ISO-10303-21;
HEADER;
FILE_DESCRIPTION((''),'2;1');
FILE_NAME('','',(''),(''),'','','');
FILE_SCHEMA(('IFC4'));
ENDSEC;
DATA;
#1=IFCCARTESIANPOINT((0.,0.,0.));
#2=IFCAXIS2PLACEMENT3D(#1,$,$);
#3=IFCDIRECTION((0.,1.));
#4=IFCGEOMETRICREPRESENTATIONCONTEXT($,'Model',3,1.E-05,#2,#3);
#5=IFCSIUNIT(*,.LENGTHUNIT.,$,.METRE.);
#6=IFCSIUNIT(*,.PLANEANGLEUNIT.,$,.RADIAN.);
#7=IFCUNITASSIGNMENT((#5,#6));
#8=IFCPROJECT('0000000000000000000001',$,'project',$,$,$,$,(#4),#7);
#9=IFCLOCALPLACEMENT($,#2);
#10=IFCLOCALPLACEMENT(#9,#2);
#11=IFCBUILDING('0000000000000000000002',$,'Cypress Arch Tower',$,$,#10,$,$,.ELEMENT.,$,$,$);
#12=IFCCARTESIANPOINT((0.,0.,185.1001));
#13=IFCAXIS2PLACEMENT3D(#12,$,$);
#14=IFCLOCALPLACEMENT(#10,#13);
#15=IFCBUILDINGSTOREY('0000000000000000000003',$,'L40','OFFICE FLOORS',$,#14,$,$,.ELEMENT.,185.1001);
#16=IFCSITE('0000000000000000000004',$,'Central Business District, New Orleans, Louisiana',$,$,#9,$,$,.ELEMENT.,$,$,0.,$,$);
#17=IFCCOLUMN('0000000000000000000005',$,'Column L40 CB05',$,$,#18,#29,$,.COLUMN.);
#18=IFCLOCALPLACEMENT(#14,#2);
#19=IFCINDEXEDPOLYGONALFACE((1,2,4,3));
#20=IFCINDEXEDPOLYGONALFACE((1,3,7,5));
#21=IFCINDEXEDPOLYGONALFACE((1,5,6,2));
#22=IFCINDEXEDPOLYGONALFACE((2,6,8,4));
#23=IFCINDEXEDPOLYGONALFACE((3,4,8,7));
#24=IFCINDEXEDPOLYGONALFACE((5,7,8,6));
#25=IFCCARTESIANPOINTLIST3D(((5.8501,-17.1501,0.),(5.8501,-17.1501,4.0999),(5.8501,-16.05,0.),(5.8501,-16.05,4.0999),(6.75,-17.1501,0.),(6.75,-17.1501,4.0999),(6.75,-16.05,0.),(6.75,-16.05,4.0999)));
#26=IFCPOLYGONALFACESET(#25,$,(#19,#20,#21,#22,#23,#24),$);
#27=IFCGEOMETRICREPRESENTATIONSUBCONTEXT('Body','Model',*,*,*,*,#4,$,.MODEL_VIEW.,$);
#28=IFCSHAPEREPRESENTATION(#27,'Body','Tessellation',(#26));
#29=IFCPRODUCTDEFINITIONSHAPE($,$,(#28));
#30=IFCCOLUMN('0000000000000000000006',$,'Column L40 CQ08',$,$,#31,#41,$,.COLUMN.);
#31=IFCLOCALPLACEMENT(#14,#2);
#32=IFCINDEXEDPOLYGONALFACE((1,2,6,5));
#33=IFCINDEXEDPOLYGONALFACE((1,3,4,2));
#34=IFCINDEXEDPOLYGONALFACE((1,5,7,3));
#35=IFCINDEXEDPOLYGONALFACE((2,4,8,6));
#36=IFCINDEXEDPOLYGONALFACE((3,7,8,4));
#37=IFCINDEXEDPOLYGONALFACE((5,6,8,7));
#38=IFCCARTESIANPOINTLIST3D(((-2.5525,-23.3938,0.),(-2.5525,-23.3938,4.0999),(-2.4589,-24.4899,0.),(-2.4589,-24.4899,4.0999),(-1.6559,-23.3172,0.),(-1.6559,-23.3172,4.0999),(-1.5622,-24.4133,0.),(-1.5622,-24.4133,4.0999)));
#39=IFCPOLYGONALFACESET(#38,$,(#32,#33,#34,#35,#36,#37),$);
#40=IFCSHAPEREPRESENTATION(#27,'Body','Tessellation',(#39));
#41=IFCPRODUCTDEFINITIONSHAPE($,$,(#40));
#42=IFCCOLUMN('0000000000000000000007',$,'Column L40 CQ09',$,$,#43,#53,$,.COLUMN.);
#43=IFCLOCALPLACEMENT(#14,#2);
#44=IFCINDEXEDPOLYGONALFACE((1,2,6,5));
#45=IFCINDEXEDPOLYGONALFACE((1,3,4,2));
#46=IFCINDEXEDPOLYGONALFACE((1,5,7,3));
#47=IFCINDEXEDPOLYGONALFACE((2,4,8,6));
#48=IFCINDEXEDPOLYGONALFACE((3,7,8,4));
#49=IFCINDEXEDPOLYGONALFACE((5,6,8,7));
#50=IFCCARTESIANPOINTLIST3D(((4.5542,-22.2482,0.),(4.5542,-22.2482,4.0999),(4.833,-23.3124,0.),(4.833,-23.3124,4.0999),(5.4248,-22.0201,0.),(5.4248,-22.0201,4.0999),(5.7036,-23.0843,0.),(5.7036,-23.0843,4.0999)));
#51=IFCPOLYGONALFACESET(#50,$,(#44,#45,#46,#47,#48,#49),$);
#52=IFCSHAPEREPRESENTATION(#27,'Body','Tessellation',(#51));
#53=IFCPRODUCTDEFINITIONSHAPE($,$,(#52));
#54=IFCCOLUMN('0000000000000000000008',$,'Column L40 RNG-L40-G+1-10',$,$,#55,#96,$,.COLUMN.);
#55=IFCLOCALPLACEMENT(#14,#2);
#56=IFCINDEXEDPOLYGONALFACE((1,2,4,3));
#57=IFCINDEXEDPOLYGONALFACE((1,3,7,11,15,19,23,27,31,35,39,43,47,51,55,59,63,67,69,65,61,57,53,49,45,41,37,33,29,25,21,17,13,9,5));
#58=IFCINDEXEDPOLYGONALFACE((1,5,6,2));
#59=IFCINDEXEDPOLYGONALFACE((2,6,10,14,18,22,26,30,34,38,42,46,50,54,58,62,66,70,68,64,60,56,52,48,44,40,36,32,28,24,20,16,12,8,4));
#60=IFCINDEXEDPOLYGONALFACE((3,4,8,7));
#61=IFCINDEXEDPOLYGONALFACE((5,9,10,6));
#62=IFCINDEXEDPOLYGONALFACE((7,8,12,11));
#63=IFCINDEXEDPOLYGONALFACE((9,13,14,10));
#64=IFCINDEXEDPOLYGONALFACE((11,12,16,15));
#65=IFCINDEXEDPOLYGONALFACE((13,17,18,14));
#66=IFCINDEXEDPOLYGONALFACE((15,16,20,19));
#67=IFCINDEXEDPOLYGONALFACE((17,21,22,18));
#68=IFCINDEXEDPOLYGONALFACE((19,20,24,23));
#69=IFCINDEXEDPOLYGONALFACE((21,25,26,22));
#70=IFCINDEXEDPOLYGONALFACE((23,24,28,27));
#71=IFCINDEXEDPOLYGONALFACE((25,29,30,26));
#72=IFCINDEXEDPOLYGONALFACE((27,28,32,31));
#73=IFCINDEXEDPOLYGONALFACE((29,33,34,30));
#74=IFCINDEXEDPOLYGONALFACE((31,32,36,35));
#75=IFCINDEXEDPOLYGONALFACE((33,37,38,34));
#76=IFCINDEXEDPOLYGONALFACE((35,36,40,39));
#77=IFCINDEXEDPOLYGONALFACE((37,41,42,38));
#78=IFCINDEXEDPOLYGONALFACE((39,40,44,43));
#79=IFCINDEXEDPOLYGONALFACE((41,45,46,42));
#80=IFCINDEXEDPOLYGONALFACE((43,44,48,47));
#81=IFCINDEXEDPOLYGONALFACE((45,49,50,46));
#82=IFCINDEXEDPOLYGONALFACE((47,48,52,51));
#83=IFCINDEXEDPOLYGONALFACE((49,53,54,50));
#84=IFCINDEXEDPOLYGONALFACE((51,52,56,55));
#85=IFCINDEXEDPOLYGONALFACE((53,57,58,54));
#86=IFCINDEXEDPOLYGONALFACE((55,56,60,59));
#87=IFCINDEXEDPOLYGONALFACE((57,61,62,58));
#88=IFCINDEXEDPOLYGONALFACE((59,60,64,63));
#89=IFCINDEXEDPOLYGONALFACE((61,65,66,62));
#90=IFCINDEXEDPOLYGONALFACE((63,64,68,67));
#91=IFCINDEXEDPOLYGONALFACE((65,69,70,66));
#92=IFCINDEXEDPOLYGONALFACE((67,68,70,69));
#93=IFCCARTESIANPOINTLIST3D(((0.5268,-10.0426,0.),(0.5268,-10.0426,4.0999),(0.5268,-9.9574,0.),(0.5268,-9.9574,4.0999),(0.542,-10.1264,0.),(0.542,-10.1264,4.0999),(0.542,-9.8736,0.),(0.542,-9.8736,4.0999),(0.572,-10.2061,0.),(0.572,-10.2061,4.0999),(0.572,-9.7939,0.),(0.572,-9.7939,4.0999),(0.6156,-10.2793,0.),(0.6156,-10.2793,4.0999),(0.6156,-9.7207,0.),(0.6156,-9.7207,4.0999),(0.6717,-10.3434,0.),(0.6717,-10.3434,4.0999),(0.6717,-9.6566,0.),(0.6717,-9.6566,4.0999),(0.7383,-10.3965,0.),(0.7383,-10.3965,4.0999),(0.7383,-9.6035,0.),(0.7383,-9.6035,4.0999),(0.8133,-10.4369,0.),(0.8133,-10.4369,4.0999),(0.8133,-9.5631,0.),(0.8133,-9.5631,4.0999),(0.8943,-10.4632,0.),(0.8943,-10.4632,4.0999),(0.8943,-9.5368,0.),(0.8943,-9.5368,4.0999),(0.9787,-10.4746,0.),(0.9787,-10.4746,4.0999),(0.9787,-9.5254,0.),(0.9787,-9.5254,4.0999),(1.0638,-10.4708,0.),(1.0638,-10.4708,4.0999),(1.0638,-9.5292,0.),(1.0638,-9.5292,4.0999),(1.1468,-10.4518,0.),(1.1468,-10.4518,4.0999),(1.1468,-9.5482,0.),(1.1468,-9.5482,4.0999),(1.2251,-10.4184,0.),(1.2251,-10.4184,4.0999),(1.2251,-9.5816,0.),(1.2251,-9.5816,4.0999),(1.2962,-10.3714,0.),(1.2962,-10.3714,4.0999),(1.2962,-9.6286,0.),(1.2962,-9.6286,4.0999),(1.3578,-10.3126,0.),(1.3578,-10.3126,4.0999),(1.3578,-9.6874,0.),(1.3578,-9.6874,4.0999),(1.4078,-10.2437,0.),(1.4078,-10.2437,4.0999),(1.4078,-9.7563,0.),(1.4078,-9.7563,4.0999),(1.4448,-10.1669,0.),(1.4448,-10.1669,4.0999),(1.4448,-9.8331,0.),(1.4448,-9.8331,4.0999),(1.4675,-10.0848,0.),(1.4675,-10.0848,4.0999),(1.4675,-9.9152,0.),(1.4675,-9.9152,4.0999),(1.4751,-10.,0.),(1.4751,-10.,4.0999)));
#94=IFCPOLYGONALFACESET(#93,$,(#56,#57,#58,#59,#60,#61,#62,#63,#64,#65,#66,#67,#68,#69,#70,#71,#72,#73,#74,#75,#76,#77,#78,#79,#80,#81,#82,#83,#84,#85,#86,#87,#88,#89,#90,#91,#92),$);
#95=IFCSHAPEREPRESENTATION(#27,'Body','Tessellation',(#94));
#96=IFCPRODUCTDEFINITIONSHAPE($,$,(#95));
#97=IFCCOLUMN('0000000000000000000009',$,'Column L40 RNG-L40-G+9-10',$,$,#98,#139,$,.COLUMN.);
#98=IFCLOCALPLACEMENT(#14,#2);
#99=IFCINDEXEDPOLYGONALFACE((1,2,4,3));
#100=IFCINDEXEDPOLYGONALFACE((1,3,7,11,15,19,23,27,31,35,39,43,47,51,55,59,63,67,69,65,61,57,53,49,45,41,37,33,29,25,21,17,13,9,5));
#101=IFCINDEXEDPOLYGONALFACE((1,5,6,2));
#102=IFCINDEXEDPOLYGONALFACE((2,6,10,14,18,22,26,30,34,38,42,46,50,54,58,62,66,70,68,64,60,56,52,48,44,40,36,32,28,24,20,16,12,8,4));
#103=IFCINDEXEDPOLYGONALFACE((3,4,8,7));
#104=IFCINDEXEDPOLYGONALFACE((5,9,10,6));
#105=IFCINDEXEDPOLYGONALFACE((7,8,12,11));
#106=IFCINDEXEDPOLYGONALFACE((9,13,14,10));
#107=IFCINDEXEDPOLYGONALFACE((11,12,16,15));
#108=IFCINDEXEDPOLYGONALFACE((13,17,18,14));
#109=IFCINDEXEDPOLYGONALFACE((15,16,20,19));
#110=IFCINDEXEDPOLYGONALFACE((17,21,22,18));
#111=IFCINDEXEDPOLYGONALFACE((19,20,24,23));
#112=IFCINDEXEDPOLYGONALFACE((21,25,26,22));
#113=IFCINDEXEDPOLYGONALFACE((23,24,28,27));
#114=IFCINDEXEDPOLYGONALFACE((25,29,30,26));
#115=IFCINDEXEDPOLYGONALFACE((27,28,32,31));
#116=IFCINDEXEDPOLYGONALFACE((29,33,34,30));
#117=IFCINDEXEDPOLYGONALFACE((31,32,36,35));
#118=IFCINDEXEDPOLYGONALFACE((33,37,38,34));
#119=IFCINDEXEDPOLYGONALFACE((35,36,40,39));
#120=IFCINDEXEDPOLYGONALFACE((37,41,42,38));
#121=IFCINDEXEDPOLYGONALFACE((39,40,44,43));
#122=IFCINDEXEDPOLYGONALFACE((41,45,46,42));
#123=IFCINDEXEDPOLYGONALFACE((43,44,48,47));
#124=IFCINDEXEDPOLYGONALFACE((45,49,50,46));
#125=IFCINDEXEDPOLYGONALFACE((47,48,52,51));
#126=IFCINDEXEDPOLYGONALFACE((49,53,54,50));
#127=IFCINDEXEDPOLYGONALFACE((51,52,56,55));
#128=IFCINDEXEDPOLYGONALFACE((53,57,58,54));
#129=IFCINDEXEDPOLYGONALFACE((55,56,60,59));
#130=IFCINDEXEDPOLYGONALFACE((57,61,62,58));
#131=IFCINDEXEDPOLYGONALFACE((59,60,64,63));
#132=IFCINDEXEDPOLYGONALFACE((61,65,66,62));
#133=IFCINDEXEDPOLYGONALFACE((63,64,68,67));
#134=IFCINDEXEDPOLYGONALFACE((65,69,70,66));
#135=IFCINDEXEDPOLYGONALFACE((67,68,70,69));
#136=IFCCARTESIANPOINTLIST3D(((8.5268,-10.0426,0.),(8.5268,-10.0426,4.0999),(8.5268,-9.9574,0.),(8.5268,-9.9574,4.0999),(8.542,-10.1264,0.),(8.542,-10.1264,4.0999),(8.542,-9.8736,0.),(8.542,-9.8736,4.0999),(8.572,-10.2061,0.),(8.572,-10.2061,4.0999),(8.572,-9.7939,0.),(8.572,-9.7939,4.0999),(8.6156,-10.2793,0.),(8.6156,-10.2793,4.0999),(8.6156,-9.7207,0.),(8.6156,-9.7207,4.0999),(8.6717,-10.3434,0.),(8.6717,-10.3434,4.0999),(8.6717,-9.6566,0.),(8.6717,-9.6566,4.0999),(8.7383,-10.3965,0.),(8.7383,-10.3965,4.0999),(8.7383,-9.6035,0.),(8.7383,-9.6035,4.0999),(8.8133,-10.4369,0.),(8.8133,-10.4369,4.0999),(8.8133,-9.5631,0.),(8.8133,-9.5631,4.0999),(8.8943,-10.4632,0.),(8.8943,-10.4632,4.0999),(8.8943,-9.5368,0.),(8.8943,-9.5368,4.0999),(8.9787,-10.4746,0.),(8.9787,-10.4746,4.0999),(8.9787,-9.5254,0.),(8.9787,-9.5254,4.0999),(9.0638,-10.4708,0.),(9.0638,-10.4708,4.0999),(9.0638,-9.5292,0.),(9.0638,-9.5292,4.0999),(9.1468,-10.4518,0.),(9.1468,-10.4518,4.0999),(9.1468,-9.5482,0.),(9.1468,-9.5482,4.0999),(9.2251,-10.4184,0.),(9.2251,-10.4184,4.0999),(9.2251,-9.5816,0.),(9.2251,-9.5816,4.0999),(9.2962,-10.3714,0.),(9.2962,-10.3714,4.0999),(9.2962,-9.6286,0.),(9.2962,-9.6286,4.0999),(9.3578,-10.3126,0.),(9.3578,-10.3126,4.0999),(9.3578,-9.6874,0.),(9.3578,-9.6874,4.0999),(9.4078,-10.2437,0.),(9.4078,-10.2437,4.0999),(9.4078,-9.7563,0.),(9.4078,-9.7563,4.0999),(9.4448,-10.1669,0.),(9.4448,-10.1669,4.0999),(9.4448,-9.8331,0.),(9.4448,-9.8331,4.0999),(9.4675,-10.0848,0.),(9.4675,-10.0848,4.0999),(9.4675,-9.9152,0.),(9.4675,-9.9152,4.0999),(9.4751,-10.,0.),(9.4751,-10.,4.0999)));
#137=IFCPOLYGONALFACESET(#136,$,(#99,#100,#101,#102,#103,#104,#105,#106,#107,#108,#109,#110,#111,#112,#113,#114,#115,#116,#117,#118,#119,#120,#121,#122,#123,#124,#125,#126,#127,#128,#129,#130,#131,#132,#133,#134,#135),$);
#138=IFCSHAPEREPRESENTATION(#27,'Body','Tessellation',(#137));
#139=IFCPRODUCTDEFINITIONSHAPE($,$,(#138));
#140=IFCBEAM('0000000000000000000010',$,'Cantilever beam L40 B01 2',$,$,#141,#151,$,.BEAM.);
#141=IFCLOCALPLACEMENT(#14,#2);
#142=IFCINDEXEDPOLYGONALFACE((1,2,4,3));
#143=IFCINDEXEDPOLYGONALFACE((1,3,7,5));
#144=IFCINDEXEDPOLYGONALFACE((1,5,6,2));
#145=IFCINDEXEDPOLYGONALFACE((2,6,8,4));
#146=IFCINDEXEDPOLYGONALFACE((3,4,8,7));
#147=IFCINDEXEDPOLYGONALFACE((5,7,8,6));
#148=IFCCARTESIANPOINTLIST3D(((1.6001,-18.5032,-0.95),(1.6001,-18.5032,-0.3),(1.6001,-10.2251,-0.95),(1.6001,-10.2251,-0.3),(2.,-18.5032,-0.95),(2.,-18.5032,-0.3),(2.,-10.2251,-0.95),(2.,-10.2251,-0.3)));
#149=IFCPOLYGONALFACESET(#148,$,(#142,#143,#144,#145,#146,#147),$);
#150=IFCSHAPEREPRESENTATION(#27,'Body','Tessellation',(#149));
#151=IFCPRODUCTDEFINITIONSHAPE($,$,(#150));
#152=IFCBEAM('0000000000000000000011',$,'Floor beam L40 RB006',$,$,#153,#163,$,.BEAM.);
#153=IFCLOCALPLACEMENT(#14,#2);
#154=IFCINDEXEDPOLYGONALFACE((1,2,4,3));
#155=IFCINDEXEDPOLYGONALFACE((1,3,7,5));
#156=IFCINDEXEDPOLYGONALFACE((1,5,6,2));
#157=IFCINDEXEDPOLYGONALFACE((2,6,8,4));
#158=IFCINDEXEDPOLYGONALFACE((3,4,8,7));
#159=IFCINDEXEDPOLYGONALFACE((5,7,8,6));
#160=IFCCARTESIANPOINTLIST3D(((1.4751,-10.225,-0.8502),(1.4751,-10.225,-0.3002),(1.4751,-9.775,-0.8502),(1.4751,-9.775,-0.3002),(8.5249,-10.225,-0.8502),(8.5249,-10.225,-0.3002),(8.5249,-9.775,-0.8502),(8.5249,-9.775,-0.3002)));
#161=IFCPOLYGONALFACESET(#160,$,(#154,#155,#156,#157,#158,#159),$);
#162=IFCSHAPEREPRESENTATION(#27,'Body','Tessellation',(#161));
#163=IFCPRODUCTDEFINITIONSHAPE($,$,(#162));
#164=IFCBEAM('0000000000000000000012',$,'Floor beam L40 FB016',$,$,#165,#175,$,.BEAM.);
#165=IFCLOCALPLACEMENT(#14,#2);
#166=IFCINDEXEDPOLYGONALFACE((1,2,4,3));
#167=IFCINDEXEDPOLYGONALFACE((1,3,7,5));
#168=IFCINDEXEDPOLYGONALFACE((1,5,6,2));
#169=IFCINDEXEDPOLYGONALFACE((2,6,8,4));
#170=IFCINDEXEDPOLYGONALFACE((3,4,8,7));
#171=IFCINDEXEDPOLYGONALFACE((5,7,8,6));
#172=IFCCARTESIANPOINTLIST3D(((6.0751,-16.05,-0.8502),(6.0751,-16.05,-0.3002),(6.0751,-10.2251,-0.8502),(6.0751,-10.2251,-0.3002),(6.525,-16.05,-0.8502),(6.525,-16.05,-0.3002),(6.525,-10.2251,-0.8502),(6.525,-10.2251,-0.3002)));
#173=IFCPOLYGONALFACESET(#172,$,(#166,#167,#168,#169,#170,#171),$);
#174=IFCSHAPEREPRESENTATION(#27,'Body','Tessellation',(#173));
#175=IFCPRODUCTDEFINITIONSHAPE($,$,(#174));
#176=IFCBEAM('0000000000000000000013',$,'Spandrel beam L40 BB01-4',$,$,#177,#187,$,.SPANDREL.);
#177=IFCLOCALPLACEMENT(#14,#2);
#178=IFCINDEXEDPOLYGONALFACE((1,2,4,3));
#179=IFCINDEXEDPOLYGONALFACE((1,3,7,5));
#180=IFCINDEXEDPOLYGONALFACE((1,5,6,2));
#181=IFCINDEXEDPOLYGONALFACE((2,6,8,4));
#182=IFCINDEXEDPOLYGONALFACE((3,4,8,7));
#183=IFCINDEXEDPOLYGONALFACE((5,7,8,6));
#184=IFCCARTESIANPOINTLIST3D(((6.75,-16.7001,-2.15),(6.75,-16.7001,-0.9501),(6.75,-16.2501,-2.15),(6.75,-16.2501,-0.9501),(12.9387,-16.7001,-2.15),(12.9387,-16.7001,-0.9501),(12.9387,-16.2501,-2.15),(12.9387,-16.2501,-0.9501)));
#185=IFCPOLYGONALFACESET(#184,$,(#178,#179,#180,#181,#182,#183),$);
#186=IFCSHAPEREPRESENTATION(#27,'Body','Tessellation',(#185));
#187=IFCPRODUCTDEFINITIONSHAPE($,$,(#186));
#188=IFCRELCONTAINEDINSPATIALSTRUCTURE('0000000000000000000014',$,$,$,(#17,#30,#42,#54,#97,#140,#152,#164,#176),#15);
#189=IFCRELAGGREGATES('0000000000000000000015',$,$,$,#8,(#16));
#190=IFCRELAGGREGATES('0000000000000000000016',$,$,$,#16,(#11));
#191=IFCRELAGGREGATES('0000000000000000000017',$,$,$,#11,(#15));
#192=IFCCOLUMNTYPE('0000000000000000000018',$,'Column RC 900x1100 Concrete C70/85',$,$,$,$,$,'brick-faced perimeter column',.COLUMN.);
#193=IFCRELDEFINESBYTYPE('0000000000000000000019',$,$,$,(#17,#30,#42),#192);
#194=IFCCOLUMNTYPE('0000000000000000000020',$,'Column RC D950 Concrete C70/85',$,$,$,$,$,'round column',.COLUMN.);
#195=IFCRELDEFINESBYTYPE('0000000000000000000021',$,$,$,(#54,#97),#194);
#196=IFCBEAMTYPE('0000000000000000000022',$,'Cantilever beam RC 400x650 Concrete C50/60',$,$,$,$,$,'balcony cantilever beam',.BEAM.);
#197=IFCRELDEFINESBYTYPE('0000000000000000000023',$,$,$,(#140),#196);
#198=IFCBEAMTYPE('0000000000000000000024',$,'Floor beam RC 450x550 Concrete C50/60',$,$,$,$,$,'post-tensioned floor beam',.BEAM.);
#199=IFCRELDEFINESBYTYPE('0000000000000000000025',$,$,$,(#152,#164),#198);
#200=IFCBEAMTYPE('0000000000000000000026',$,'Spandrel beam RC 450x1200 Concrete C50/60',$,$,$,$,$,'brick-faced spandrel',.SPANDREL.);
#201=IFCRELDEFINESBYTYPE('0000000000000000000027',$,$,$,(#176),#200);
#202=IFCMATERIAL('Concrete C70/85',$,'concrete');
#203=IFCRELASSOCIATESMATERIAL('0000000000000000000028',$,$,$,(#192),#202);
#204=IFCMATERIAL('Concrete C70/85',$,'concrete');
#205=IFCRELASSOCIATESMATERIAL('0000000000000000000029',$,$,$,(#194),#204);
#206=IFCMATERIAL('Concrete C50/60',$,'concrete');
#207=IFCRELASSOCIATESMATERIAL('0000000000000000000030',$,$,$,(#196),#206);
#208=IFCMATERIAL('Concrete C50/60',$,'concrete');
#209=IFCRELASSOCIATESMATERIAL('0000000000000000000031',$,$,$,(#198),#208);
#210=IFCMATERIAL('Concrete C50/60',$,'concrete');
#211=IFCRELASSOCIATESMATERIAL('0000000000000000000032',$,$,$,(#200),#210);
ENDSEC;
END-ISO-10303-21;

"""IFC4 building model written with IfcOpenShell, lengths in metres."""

from ifc_helpers import new_model, si_unit, direction, frame, origin, origin_2d, place, context, subcontext, project, spatial, rectangle, circle, extrude, material, material_profile, profile_set, type_object, element, save


model = new_model("IFC4")

# Units and contexts
model_context = context("Model", 3, precision=1e-05, world=origin(), true_north=direction((0.0, 1.0)))
body_context = subcontext(model_context, "Body", "Model", "MODEL_VIEW")
ifc_project = project(units=[si_unit("LENGTHUNIT", "METRE"), si_unit("PLANEANGLEUNIT", "RADIAN")], contexts=[model_context])

# Site, building, storey
site_placement = place(None, origin())
site = spatial("IfcSite", under=ifc_project, at=site_placement, Name="Central Business District, New Orleans, Louisiana", CompositionType="ELEMENT", RefElevation=0.0)
building_placement = place(site_placement, origin())
building = spatial("IfcBuilding", under=site, at=building_placement, Name="Cypress Arch Tower", CompositionType="ELEMENT")
storey_placement = place(building_placement, frame((0.0, 0.0, 185.1001)))
storey = spatial("IfcBuildingStorey", under=building, at=storey_placement, Name="L40", Description="OFFICE FLOORS", CompositionType="ELEMENT", Elevation=185.1001)

# Columns
ifc_material_1 = material(Name="Concrete C70/85", Category="concrete")
ifc_material_profile_1 = material_profile(ifc_material_1, rectangle(XDim=0.8999, YDim=1.1001, at=origin_2d()), Name="RC 900x1100")
ifc_profile_set_1 = profile_set([ifc_material_profile_1], Name="Concrete C70/85")
column_type_1 = type_object("IfcColumnType", Name="Column RC 900x1100 Concrete C70/85", ElementType="brick-faced perimeter column", PredefinedType="COLUMN", material=ifc_profile_set_1)
for number, where, z_axis, x_axis, name in (
    (1, (6.3, -16.6001, 0.0), (0.0, 0.0, 1.0), (1.0, 0.0, 0.0), "Column L40 CB05"),
    (2, (-2.0574, -23.9036, 0.0), (0.0, 0.0, 1.0), (0.996368, 0.085149, 0.0), "Column L40 CQ08"),
    (3, (5.1289, -22.6663, 0.0), (0.0, 0.0, 1.0), (0.967356, 0.253422, 0.0), "Column L40 CQ09"),
):
    element("IfcColumn", number, at=place(storey_placement, frame(where, z_axis=z_axis, x_axis=x_axis)), inside=storey, type_object=column_type_1, Name=name, PredefinedType="COLUMN", context=body_context, shape_type="SweptSolid", body=[
        extrude(rectangle(XDim=0.8999, YDim=1.1001, at=origin_2d()), origin(), (0.0, 0.0, 1.0), 4.0999),
    ])
ifc_material_2 = material(Name="Concrete C70/85", Category="concrete")
ifc_material_profile_2 = material_profile(ifc_material_2, circle(Radius=0.4751, at=origin_2d()), Name="RC D950")
ifc_profile_set_2 = profile_set([ifc_material_profile_2], Name="Concrete C70/85")
column_type_2 = type_object("IfcColumnType", Name="Column RC D950 Concrete C70/85", ElementType="round column", PredefinedType="COLUMN", material=ifc_profile_set_2)
for number, where, z_axis, x_axis, name in (
    (4, (1.0, -10.0, 0.0), (0.0, 0.0, 1.0), (1.0, 0.0, 0.0), "Column L40 RNG-L40-G+1-10"),
    (5, (9.0, -10.0, 0.0), (0.0, 0.0, 1.0), (1.0, 0.0, 0.0), "Column L40 RNG-L40-G+9-10"),
):
    element("IfcColumn", number, at=place(storey_placement, frame(where, z_axis=z_axis, x_axis=x_axis)), inside=storey, type_object=column_type_2, Name=name, PredefinedType="COLUMN", context=body_context, shape_type="SweptSolid", body=[
        extrude(circle(Radius=0.4751, at=origin_2d()), origin(), (0.0, 0.0, 1.0), 4.0999),
    ])

# Beams
ifc_material_3 = material(Name="Concrete C50/60", Category="concrete")
ifc_material_profile_3 = material_profile(ifc_material_3, rectangle(XDim=0.3999, YDim=0.6499, at=origin_2d()), Name="RC 400x650")
ifc_profile_set_3 = profile_set([ifc_material_profile_3], Name="Concrete C50/60")
beam_type_1 = type_object("IfcBeamType", Name="Cantilever beam RC 400x650 Concrete C50/60", ElementType="balcony cantilever beam", PredefinedType="BEAM", material=ifc_profile_set_3)
beam_1_placement = place(storey_placement, frame((1.8, -10.2251, -0.625), z_axis=(0.0, -1.0, 0.0), x_axis=(1.0, 0.0, 0.0)))
element("IfcBeam", 6, at=beam_1_placement, inside=storey, type_object=beam_type_1, Name="Cantilever beam L40 B01 2", PredefinedType="BEAM", context=body_context, shape_type="SweptSolid", body=[
    extrude(rectangle(XDim=0.3999, YDim=0.6499, at=origin_2d()), origin(), (0.0, 0.0, 1.0), 8.2781),
])
ifc_material_4 = material(Name="Concrete C50/60", Category="concrete")
ifc_material_profile_4 = material_profile(ifc_material_4, rectangle(XDim=0.45, YDim=0.55, at=origin_2d()), Name="RC 450x550")
ifc_profile_set_4 = profile_set([ifc_material_profile_4], Name="Concrete C50/60")
beam_type_2 = type_object("IfcBeamType", Name="Floor beam RC 450x550 Concrete C50/60", ElementType="post-tensioned floor beam", PredefinedType="BEAM", material=ifc_profile_set_4)
beam_2_placement = place(storey_placement, frame((1.4751, -10.0, -0.5752), z_axis=(1.0, 0.0, 0.0), x_axis=(0.0, 1.0, 0.0)))
element("IfcBeam", 7, at=beam_2_placement, inside=storey, type_object=beam_type_2, Name="Floor beam L40 RB006", PredefinedType="BEAM", context=body_context, shape_type="SweptSolid", body=[
    extrude(rectangle(XDim=0.45, YDim=0.55, at=origin_2d()), origin(), (0.0, 0.0, 1.0), 7.0498),
])
beam_3_placement = place(storey_placement, frame((6.3, -16.05, -0.5752), z_axis=(0.0, 1.0, 0.0), x_axis=(-1.0, 0.0, 0.0)))
element("IfcBeam", 8, at=beam_3_placement, inside=storey, type_object=beam_type_2, Name="Floor beam L40 FB016", PredefinedType="BEAM", context=body_context, shape_type="SweptSolid", body=[
    extrude(rectangle(XDim=0.45, YDim=0.55, at=origin_2d()), origin(), (0.0, 0.0, 1.0), 5.825),
])
ifc_material_5 = material(Name="Concrete C50/60", Category="concrete")
ifc_material_profile_5 = material_profile(ifc_material_5, rectangle(XDim=0.45, YDim=1.2, at=origin_2d()), Name="RC 450x1200")
ifc_profile_set_5 = profile_set([ifc_material_profile_5], Name="Concrete C50/60")
beam_type_3 = type_object("IfcBeamType", Name="Spandrel beam RC 450x1200 Concrete C50/60", ElementType="brick-faced spandrel", PredefinedType="SPANDREL", material=ifc_profile_set_5)
beam_4_placement = place(storey_placement, frame((6.75, -16.4751, -1.55), z_axis=(1.0, 0.0, 0.0), x_axis=(0.0, 1.0, 0.0)))
element("IfcBeam", 9, at=beam_4_placement, inside=storey, type_object=beam_type_3, Name="Spandrel beam L40 BB01-4", PredefinedType="SPANDREL", context=body_context, shape_type="SweptSolid", body=[
    extrude(rectangle(XDim=0.45, YDim=1.2, at=origin_2d()), origin(), (0.0, 0.0, 1.0), 6.1887),
])

save(model, "model.ifc")
